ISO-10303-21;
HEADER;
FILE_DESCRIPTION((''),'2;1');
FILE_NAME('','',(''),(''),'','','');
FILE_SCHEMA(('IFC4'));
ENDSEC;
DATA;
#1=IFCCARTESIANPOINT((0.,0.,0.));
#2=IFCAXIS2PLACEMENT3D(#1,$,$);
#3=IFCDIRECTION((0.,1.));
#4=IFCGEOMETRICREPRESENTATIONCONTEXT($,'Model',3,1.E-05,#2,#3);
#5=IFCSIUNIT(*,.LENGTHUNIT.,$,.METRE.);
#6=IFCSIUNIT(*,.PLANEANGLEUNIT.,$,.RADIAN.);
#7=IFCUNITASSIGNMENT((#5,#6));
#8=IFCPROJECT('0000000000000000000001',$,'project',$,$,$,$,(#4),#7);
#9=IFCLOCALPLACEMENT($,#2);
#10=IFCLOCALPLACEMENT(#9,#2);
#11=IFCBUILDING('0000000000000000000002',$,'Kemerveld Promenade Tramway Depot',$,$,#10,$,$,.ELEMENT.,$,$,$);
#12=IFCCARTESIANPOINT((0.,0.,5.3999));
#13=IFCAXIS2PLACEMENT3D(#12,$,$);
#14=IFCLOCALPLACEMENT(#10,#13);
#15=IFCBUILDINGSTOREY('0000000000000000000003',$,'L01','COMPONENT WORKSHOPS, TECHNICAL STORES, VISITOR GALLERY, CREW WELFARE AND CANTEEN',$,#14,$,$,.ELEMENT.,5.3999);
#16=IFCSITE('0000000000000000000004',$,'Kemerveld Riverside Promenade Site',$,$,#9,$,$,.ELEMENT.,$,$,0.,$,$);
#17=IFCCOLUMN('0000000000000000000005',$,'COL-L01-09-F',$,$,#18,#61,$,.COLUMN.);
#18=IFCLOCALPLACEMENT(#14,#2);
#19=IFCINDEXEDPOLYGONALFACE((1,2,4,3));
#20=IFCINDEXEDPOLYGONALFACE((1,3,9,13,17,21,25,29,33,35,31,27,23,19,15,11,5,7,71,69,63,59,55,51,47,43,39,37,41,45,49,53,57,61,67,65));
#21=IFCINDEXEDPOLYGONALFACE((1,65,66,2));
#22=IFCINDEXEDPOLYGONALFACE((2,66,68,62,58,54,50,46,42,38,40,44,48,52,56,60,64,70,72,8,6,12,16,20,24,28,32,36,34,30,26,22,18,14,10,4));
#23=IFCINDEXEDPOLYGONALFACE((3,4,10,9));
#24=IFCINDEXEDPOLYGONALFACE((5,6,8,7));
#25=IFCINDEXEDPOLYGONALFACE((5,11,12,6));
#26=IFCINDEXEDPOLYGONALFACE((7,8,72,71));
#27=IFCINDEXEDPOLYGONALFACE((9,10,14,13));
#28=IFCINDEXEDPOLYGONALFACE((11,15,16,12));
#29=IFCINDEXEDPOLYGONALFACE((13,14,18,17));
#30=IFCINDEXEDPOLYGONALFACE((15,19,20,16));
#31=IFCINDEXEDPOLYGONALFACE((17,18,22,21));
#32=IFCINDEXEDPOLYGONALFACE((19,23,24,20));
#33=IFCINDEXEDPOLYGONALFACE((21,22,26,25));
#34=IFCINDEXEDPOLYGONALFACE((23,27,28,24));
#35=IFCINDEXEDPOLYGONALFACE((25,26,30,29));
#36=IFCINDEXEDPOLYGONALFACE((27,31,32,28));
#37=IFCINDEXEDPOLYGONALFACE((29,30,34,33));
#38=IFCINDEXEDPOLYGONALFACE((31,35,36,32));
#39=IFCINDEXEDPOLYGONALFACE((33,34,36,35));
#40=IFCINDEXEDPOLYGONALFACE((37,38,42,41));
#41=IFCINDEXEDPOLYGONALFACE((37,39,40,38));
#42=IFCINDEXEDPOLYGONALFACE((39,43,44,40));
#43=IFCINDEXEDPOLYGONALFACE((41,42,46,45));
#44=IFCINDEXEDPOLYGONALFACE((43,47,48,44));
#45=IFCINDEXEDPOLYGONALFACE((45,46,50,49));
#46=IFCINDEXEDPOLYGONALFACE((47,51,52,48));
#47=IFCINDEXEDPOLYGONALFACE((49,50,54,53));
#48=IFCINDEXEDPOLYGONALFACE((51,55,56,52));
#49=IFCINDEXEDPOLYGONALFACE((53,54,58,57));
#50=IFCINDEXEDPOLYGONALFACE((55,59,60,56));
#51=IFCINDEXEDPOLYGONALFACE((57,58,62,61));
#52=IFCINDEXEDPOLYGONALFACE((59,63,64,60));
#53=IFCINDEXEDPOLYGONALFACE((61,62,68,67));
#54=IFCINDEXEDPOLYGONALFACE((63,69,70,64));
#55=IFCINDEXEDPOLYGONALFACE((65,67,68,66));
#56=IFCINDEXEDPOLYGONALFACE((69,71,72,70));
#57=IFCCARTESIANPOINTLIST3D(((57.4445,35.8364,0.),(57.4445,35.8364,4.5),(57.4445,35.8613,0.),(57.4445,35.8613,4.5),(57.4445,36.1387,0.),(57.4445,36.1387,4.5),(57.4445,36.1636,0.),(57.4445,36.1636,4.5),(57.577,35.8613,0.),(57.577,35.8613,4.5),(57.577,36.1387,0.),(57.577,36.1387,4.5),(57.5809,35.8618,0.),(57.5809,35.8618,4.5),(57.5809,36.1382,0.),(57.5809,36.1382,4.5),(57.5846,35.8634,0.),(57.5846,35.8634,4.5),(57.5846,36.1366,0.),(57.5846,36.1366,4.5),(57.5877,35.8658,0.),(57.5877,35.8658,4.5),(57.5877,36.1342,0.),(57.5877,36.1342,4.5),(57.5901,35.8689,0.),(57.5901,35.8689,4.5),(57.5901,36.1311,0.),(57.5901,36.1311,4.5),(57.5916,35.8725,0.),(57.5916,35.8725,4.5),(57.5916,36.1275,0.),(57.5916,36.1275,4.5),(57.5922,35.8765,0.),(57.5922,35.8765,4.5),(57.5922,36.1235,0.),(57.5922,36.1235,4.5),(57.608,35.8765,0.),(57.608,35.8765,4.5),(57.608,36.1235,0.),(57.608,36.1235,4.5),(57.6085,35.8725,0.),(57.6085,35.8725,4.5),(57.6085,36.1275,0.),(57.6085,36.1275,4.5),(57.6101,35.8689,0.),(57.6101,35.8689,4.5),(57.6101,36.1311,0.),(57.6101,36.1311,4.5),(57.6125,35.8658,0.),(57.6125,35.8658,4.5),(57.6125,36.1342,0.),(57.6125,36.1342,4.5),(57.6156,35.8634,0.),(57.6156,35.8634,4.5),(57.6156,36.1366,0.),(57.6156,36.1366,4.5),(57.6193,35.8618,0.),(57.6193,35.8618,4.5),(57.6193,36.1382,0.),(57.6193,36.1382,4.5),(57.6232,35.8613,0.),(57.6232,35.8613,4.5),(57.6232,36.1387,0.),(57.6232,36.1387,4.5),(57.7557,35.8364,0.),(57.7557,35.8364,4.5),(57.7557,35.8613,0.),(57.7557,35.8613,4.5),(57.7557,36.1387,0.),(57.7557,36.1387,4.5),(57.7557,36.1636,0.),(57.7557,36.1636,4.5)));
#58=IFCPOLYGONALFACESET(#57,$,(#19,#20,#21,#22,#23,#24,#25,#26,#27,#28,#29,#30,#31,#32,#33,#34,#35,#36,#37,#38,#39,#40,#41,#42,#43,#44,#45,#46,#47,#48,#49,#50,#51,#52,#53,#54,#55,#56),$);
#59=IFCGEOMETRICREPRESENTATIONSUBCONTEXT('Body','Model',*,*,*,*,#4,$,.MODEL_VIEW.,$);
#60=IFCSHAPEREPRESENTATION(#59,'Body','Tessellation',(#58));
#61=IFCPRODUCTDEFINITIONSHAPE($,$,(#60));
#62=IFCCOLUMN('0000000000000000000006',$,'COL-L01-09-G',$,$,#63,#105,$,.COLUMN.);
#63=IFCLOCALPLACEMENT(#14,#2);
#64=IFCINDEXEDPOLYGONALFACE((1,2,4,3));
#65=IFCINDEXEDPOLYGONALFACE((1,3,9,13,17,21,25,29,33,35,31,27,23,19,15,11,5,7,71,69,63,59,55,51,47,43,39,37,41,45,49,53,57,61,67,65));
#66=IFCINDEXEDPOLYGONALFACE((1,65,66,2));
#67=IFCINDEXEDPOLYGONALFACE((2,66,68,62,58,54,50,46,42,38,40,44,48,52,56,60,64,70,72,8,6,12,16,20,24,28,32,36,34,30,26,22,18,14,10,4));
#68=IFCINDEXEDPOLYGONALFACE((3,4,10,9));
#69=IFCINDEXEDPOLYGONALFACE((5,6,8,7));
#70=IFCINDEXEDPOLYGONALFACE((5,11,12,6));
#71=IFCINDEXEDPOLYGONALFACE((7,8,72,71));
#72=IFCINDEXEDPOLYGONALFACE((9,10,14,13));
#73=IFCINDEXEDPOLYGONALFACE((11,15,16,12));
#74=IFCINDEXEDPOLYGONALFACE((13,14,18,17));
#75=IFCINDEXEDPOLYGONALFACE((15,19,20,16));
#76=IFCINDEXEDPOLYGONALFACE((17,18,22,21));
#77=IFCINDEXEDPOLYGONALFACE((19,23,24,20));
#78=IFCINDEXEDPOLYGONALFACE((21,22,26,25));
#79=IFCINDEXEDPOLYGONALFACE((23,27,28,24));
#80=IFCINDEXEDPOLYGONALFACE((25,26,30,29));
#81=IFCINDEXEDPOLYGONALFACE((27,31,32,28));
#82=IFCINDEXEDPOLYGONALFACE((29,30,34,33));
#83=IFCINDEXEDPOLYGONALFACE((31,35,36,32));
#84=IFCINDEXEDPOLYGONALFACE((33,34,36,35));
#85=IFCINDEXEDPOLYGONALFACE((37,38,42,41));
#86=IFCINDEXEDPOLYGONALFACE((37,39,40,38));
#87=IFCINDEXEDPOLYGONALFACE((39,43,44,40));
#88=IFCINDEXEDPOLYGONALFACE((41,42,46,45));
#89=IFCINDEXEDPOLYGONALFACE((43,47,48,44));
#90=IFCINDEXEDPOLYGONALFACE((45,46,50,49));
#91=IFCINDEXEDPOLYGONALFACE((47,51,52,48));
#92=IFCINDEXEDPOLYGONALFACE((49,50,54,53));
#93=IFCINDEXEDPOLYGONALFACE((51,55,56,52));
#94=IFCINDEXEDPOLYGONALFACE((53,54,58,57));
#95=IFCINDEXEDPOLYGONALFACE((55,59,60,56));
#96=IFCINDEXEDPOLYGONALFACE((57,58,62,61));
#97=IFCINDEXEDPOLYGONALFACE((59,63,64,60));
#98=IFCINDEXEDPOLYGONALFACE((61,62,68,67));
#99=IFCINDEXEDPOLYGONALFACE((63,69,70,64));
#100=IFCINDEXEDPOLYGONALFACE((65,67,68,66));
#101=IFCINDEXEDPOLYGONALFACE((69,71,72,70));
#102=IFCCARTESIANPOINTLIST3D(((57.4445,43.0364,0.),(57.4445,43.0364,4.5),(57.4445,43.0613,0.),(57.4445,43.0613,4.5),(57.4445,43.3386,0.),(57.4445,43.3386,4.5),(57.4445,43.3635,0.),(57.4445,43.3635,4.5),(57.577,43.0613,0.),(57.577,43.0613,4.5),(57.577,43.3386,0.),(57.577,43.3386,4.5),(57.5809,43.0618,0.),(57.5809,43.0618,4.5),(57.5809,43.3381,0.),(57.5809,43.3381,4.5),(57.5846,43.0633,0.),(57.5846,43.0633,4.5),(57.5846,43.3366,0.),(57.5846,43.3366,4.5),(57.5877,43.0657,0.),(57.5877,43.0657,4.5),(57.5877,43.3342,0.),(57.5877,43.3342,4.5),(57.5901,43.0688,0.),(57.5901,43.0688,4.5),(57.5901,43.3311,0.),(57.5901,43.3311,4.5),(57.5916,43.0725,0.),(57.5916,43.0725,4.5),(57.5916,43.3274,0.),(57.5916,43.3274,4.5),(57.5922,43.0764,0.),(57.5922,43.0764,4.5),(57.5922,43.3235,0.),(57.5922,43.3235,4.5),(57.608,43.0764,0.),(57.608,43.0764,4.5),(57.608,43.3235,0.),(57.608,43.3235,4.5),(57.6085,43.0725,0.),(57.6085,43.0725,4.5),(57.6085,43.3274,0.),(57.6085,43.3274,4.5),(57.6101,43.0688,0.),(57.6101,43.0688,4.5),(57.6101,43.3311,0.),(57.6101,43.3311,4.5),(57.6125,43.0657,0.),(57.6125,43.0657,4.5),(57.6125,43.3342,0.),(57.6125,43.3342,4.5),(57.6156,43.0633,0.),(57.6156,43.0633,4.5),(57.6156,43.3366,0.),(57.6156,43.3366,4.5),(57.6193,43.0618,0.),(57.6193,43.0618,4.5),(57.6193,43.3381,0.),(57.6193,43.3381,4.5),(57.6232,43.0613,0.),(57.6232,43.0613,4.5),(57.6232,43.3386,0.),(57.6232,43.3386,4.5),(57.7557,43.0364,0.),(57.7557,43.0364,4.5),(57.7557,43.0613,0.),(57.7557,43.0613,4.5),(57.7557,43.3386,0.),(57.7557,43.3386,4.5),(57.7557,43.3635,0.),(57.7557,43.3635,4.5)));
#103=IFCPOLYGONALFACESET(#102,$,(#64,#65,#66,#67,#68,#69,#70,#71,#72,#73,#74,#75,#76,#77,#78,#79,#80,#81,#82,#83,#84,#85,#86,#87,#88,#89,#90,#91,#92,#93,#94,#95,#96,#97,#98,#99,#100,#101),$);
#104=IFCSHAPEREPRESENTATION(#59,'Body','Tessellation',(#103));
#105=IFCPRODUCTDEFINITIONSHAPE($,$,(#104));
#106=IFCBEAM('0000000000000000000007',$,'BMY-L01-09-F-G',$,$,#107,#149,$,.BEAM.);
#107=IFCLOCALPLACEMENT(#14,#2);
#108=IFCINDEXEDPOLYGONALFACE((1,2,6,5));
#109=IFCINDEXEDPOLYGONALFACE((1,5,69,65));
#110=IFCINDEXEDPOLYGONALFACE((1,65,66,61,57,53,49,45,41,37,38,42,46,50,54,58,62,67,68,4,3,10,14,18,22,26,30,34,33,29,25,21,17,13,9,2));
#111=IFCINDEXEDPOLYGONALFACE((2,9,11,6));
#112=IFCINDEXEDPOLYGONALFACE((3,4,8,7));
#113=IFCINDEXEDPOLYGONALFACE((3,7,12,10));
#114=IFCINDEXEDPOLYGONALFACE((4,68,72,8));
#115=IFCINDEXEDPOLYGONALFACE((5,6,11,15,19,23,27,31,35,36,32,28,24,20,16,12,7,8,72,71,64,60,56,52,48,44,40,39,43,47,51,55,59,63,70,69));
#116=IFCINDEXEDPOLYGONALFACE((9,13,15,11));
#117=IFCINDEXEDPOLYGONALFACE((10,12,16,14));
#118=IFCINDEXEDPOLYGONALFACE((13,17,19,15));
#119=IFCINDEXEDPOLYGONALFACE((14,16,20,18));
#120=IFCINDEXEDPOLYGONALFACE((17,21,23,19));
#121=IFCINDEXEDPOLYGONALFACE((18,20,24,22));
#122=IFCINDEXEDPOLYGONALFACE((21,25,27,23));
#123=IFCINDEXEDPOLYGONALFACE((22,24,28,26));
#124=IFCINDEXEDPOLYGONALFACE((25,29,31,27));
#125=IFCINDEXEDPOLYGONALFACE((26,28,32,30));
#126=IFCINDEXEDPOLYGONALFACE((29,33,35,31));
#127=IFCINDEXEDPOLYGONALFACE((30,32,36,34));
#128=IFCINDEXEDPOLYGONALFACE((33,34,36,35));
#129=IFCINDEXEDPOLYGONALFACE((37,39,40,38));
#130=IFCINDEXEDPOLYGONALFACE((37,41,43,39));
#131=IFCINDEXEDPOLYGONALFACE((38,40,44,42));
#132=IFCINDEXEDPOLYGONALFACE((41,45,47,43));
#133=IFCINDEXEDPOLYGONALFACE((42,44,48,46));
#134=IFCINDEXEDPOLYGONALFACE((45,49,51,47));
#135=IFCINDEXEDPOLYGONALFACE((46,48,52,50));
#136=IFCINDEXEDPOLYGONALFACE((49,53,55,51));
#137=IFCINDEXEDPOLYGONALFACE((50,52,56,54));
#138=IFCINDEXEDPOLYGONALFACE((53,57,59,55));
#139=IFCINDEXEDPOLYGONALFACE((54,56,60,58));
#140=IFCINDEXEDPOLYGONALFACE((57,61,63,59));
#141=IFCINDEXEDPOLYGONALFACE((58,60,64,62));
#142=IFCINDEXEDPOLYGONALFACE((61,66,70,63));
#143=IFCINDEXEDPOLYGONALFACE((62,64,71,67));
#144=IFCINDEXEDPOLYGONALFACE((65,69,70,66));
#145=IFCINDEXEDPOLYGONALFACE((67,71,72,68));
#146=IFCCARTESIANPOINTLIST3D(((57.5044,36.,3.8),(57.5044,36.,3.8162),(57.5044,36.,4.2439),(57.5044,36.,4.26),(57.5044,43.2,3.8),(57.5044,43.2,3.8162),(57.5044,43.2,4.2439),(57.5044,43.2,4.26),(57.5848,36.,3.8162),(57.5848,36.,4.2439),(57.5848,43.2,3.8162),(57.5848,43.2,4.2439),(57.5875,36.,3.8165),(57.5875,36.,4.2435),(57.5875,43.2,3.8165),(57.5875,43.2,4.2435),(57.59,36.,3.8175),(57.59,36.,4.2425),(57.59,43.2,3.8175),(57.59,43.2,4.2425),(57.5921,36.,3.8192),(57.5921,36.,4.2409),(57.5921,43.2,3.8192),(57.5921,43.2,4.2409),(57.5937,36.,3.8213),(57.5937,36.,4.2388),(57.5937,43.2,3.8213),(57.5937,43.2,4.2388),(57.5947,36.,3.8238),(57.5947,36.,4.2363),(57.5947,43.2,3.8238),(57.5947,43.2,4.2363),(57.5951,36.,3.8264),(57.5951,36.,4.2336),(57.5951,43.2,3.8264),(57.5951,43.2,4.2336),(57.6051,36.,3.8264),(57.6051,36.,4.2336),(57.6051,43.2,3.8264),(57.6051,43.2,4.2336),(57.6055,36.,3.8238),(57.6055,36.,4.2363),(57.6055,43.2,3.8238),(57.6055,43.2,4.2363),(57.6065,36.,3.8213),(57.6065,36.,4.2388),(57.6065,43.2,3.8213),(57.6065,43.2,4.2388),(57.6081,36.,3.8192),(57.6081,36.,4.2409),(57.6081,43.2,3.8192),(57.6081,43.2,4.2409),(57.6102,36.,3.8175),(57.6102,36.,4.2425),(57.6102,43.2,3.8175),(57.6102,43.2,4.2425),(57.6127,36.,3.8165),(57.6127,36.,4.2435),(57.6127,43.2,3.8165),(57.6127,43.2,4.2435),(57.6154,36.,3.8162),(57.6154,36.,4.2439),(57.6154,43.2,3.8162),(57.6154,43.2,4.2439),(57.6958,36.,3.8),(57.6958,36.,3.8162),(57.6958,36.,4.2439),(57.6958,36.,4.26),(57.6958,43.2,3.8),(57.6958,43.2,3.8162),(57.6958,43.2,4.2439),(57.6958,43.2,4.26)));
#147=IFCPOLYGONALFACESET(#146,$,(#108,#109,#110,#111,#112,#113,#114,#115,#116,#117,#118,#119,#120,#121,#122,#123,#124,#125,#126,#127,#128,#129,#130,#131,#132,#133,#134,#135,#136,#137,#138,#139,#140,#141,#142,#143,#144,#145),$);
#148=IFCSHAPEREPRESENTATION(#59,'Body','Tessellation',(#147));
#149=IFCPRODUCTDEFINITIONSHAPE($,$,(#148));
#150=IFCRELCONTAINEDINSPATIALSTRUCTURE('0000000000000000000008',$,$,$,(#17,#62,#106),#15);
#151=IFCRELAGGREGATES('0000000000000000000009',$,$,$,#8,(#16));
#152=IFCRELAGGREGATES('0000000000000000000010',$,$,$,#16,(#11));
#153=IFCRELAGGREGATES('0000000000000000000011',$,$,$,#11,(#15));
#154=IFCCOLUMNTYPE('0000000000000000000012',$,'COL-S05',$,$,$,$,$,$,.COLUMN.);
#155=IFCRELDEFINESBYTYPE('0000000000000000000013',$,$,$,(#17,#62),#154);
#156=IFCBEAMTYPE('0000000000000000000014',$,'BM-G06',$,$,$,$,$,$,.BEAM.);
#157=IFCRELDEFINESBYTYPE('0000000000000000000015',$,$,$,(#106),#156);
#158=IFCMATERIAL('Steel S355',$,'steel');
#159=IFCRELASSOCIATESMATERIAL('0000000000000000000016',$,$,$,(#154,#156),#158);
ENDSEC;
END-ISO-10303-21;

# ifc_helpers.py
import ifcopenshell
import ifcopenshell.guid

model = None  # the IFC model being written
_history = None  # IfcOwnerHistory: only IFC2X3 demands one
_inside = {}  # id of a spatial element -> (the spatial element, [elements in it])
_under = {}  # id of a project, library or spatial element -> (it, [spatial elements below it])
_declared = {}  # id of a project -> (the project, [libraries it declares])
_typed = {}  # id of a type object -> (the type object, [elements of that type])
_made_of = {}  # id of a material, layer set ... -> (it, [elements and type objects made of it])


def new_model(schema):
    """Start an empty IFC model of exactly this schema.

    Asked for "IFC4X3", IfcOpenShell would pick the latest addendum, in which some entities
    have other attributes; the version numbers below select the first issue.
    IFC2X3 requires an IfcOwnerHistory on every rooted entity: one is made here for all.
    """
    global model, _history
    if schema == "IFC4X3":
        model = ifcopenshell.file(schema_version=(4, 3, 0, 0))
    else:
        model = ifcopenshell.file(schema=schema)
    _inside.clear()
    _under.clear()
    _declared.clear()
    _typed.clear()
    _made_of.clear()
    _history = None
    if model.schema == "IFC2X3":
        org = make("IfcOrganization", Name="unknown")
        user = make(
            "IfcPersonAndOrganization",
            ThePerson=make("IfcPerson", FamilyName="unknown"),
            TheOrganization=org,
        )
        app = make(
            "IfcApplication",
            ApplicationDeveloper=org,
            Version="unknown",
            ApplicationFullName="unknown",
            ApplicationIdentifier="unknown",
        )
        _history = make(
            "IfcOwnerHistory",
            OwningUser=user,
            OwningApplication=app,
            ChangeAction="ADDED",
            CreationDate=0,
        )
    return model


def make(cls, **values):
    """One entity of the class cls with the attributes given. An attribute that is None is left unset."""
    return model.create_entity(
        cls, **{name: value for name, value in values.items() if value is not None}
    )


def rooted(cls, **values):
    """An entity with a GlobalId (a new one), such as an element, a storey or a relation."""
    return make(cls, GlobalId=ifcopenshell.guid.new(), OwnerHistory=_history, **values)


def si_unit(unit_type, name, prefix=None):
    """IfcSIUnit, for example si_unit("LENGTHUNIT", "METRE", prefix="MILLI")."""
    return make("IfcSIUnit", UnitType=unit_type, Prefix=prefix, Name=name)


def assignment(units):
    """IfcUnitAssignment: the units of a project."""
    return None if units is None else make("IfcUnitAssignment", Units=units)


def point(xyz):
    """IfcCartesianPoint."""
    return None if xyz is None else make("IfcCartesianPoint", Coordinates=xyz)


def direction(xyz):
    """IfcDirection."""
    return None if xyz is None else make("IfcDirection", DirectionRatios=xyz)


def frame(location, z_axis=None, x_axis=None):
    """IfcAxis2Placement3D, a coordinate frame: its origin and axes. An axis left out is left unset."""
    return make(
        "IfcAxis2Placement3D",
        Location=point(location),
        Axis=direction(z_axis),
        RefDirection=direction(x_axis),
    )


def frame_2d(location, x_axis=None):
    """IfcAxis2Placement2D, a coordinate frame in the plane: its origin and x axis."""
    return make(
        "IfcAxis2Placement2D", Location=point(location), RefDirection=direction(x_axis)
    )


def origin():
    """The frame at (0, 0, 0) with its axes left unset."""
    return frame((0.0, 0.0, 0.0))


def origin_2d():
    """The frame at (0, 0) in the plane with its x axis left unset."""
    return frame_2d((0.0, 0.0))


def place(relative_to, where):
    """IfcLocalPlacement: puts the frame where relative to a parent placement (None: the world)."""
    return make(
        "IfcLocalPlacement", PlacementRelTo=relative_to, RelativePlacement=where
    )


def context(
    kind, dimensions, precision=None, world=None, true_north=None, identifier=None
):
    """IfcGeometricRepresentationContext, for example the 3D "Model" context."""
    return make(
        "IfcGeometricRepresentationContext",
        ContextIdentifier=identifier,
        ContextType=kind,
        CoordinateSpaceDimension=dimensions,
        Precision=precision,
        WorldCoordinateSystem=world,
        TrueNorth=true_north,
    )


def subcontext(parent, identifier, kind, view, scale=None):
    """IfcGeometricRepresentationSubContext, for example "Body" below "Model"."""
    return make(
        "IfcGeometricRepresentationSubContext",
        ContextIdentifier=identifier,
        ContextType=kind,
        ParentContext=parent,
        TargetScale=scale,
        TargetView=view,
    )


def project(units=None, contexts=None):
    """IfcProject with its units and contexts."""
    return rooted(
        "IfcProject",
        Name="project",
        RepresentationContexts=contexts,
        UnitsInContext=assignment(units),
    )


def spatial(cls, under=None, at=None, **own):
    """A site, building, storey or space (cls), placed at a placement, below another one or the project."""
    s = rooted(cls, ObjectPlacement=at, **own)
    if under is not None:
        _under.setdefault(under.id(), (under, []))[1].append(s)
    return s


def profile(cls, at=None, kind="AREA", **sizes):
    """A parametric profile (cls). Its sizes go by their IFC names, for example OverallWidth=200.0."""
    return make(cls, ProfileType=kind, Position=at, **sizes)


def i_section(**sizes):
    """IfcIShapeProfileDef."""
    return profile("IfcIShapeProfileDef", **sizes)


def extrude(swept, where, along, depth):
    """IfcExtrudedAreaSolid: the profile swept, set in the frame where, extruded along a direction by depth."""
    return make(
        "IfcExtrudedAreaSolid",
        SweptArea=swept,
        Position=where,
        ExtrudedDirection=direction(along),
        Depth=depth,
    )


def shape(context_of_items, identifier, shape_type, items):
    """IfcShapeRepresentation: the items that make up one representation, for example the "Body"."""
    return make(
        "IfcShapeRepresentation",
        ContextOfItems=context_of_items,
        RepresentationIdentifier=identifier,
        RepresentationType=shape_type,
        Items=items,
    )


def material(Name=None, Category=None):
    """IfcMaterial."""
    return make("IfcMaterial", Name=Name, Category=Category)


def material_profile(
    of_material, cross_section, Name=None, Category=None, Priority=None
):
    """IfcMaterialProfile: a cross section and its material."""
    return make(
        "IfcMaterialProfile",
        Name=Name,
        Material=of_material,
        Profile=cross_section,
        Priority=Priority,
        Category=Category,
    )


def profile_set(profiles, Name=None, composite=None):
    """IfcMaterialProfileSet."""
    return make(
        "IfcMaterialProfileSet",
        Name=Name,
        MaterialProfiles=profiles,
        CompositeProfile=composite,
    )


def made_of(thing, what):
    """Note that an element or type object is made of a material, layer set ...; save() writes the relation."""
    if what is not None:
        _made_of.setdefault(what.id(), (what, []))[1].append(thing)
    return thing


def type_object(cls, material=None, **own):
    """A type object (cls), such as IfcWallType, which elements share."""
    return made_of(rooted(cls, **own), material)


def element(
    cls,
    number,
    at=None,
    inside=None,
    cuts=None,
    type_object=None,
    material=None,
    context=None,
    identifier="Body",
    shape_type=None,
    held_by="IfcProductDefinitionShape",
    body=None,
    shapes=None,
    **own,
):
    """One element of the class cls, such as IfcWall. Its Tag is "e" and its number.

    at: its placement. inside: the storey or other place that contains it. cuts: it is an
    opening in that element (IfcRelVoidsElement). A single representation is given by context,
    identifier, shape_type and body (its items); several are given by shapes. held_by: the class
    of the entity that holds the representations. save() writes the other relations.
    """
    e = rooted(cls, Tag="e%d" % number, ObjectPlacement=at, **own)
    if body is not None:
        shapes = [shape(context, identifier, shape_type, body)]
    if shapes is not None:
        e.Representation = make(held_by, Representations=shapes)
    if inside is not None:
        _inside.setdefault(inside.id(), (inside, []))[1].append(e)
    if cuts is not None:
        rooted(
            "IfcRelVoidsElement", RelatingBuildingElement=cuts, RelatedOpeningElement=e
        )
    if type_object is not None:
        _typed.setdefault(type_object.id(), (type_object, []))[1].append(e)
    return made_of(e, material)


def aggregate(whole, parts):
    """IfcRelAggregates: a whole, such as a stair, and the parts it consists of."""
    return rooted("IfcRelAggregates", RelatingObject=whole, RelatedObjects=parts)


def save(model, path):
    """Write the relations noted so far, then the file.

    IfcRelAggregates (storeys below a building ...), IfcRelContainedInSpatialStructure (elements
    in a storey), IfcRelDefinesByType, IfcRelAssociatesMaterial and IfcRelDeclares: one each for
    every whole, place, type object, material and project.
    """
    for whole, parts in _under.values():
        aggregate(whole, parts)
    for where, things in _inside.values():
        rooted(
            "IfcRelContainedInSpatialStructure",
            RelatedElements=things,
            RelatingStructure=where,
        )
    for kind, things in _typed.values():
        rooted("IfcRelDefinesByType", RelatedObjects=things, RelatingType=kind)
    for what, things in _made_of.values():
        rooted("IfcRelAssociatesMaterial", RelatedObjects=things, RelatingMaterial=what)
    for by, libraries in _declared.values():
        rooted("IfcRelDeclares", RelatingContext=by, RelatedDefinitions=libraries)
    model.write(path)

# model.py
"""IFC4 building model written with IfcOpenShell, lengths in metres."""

from ifc_helpers import new_model, si_unit, direction, frame, origin, origin_2d, place, context, subcontext, project, spatial, i_section, extrude, material, material_profile, profile_set, type_object, element, save


model = new_model("IFC4")

# Units and contexts
model_context = context("Model", 3, precision=1e-05, world=origin(), true_north=direction((0.0, 1.0)))
body_context = subcontext(model_context, "Body", "Model", "MODEL_VIEW")
ifc_project = project(units=[si_unit("LENGTHUNIT", "METRE"), si_unit("PLANEANGLEUNIT", "RADIAN")], contexts=[model_context])

# Site, building, storey
site_placement = place(None, origin())
site = spatial("IfcSite", under=ifc_project, at=site_placement, Name="Kemerveld Riverside Promenade Site", CompositionType="ELEMENT", RefElevation=0.0)
building_placement = place(site_placement, origin())
building = spatial("IfcBuilding", under=site, at=building_placement, Name="Kemerveld Promenade Tramway Depot", CompositionType="ELEMENT")
storey_placement = place(building_placement, frame((0.0, 0.0, 5.3999)))
storey = spatial("IfcBuildingStorey", under=building, at=storey_placement, Name="L01", Description="COMPONENT WORKSHOPS, TECHNICAL STORES, VISITOR GALLERY, CREW WELFARE AND CANTEEN", CompositionType="ELEMENT", Elevation=5.3999)

# Columns
ifc_material_1 = material(Name="Steel S355", Category="steel")
ifc_material_profile_1 = material_profile(ifc_material_1, i_section(OverallWidth=0.3113, OverallDepth=0.3271, WebThickness=0.0159, FlangeThickness=0.0249, FilletRadius=0.0151, at=origin_2d()), Name="305x305x158 UC")
ifc_profile_set_1 = profile_set([ifc_material_profile_1], Name="Steel S355")
column_type = type_object("IfcColumnType", Name="COL-S05", PredefinedType="COLUMN", material=ifc_profile_set_1)
for number, where, z_axis, x_axis, name in (
    (1, (57.6001, 36.0, 0.0), (0.0, 0.0, 1.0), (1.0, 0.0, 0.0), "COL-L01-09-F"),
    (2, (57.6001, 43.2, 0.0), (0.0, 0.0, 1.0), (1.0, 0.0, 0.0), "COL-L01-09-G"),
):
    element("IfcColumn", number, at=place(storey_placement, frame(where, z_axis=z_axis, x_axis=x_axis)), inside=storey, type_object=column_type, Name=name, PredefinedType="COLUMN", context=body_context, shape_type="SweptSolid", body=[
        extrude(i_section(OverallWidth=0.3113, OverallDepth=0.3271, WebThickness=0.0159, FlangeThickness=0.0249, FilletRadius=0.0151, at=origin_2d()), origin(), (0.0, 0.0, 1.0), 4.5),
    ])

# Beam
ifc_material_profile_2 = material_profile(ifc_material_1, i_section(OverallWidth=0.1914, OverallDepth=0.46, WebThickness=0.01, FlangeThickness=0.0161, FilletRadius=0.0103, at=origin_2d()), Name="457x191x82 UB")
ifc_profile_set_2 = profile_set([ifc_material_profile_2], Name="Steel S355")
beam_type_1 = type_object("IfcBeamType", Name="BM-G06", PredefinedType="BEAM", material=ifc_profile_set_2)
beam_1_placement = place(storey_placement, frame((57.6001, 36.0, 4.03), z_axis=(0.0, 1.0, 0.0), x_axis=(-1.0, 0.0, 0.0)))
element("IfcBeam", 3, at=beam_1_placement, inside=storey, type_object=beam_type_1, Name="BMY-L01-09-F-G", PredefinedType="BEAM", context=body_context, shape_type="SweptSolid", body=[
    extrude(i_section(OverallWidth=0.1914, OverallDepth=0.46, WebThickness=0.01, FlangeThickness=0.0161, FilletRadius=0.0103, at=origin_2d()), origin(), (0.0, 0.0, 1.0), 7.2),
])

save(model, "model.ifc")
